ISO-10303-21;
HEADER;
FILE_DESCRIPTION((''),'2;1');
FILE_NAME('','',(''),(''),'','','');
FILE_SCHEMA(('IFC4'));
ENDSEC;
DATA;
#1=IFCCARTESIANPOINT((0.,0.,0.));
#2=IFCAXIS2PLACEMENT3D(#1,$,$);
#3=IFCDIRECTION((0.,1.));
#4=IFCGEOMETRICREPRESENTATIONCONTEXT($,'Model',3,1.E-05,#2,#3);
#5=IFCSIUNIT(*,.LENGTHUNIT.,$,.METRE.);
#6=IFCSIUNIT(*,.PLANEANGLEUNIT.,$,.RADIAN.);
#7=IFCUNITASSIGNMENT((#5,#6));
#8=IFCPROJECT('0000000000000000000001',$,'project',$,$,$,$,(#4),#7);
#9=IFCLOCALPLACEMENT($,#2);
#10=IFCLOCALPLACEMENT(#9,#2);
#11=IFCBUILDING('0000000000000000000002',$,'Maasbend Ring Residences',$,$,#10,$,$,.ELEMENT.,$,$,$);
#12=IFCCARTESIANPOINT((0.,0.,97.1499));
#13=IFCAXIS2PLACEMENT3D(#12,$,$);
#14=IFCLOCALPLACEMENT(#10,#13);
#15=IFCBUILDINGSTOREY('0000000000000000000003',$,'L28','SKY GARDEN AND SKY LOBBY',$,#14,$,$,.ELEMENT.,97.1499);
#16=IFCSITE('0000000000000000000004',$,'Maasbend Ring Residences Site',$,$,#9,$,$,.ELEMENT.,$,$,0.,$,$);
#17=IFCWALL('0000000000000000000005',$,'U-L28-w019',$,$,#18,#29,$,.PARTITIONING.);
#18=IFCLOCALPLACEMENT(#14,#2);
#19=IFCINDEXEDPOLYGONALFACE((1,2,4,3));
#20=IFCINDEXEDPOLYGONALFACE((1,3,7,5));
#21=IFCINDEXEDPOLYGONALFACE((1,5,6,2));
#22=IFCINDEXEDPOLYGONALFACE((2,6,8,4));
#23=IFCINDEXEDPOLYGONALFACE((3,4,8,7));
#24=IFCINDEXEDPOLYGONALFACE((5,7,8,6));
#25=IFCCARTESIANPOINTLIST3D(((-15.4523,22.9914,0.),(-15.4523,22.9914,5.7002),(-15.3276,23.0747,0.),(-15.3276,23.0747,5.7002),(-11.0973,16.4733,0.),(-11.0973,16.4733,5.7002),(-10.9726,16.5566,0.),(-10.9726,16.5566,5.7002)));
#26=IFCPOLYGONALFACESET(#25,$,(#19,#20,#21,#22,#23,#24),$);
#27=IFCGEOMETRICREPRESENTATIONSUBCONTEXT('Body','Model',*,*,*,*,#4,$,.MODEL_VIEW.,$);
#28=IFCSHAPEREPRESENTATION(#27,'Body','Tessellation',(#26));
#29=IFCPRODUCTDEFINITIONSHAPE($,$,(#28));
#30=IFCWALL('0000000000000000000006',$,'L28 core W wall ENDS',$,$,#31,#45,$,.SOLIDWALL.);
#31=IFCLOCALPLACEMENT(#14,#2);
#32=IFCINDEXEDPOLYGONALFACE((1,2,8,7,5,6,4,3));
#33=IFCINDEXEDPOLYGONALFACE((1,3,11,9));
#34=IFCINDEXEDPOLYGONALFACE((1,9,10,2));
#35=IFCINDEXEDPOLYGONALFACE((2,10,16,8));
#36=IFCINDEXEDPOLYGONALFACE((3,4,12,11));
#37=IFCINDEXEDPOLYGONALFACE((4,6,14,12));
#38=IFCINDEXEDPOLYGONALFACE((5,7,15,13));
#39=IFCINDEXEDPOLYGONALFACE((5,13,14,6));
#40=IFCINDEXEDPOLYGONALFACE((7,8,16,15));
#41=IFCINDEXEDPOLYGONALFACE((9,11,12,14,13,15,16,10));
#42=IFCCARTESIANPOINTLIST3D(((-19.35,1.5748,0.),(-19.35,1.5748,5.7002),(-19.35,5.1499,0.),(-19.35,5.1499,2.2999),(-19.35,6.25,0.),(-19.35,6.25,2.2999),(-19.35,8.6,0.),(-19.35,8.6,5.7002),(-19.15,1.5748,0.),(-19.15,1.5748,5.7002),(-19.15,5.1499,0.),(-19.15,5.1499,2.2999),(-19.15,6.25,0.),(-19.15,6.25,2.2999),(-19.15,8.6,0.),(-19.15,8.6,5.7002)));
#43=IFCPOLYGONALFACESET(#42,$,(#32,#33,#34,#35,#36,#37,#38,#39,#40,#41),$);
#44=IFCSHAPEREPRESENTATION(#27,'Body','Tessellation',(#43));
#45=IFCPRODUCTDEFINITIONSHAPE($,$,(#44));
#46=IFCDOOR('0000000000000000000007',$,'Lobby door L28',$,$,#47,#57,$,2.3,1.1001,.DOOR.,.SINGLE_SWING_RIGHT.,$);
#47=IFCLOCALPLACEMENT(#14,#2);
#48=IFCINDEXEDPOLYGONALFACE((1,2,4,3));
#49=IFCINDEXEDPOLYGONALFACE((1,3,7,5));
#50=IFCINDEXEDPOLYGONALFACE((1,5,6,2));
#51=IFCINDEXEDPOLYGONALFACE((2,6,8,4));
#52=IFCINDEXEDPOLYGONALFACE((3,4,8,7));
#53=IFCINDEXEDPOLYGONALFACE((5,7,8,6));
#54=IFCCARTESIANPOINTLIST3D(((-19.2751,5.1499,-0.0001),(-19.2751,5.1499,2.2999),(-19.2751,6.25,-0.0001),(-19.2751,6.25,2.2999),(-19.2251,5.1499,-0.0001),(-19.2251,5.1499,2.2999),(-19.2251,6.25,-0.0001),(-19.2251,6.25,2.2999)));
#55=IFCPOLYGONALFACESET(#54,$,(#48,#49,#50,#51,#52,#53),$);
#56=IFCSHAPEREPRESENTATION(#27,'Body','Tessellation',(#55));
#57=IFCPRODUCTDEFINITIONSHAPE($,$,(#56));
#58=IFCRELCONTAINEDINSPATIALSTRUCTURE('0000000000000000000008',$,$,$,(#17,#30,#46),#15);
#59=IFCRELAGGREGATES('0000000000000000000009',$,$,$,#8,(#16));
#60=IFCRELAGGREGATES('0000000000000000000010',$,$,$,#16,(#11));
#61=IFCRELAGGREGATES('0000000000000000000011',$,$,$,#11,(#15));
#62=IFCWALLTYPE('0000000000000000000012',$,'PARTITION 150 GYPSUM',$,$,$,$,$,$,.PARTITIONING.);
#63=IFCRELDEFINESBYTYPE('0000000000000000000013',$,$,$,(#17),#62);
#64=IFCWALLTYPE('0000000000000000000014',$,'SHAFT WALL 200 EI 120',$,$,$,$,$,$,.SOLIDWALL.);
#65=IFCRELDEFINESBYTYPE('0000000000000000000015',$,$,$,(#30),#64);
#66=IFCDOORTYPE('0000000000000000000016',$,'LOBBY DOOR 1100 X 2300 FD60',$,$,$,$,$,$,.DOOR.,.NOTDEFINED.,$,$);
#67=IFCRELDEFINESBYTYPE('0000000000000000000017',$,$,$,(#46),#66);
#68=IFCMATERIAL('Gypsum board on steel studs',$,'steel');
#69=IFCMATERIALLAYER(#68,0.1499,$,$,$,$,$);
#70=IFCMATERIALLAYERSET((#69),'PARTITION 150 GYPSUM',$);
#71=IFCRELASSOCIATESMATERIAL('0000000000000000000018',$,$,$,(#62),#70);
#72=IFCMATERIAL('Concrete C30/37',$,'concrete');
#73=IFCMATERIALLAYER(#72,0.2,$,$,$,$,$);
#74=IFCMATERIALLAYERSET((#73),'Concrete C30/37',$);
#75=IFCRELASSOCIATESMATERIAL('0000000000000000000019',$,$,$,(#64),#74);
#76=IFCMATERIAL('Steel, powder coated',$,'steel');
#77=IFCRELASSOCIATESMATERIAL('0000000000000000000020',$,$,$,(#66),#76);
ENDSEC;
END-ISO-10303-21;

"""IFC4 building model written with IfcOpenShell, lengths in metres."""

from ifc_helpers import new_model, si_unit, direction, frame, frame_2d, origin, place, context, subcontext, project, spatial, rectangle, extrude, material, layer, layer_set, type_object, element, fill, save


model = new_model("IFC4")

# Units and contexts
model_context = context("Model", 3, precision=1e-05, world=origin(), true_north=direction((0.0, 1.0)))
body_context = subcontext(model_context, "Body", "Model", "MODEL_VIEW")
ifc_project = project(units=[si_unit("LENGTHUNIT", "METRE"), si_unit("PLANEANGLEUNIT", "RADIAN")], contexts=[model_context])

# Site, building, storey
site_placement = place(None, origin())
site = spatial("IfcSite", under=ifc_project, at=site_placement, Name="Maasbend Ring Residences Site", CompositionType="ELEMENT", RefElevation=0.0)
building_placement = place(site_placement, origin())
building = spatial("IfcBuilding", under=site, at=building_placement, Name="Maasbend Ring Residences", CompositionType="ELEMENT")
storey_placement = place(building_placement, frame((0.0, 0.0, 97.1499)))
storey = spatial("IfcBuildingStorey", under=building, at=storey_placement, Name="L28", Description="SKY GARDEN AND SKY LOBBY", CompositionType="ELEMENT", Elevation=97.1499)

# Wall
ifc_material_1 = material(Name="Gypsum board on steel studs", Category="steel")
ifc_layer_1 = layer(ifc_material_1, 0.1499)
ifc_layer_set_1 = layer_set([ifc_layer_1], Name="PARTITION 150 GYPSUM")
wall_type_1 = type_object("IfcWallType", Name="PARTITION 150 GYPSUM", PredefinedType="PARTITIONING", material=ifc_layer_set_1)
wall_1_placement = place(storey_placement, frame((-15.3899, 23.033, 0.0), z_axis=(0.0, 0.0, 1.0), x_axis=(0.555548, -0.831484, 0.0)))
element("IfcWall", 1, at=wall_1_placement, inside=storey, type_object=wall_type_1, Name="U-L28-w019", PredefinedType="PARTITIONING", context=body_context, shape_type="SweptSolid", body=[
    extrude(rectangle(XDim=7.8391, YDim=0.1499, at=frame_2d((3.9194, 0.0))), origin(), (0.0, 0.0, 1.0), 5.7002),
])

# Wall, opening, door
ifc_material_2 = material(Name="Concrete C30/37", Category="concrete")
ifc_layer_2 = layer(ifc_material_2, 0.2)
ifc_layer_set_2 = layer_set([ifc_layer_2], Name="Concrete C30/37")
wall_type_2 = type_object("IfcWallType", Name="SHAFT WALL 200 EI 120", PredefinedType="SOLIDWALL", material=ifc_layer_set_2)
wall_2_placement = place(storey_placement, frame((-19.25, 8.6001, 0.0), z_axis=(0.0, 0.0, 1.0), x_axis=(0.0, -1.0, 0.0)))
wall_2 = element("IfcWall", 2, at=wall_2_placement, inside=storey, type_object=wall_type_2, Name="L28 core W wall ENDS", PredefinedType="SOLIDWALL", context=body_context, shape_type="SweptSolid", body=[
    extrude(rectangle(XDim=7.0251, YDim=0.2, at=frame_2d((3.5127, 0.0))), origin(), (0.0, 0.0, 1.0), 5.7002),
])
opening_1_placement = place(wall_2_placement, frame((2.3501, 0.0, 0.0)))
opening_1 = element("IfcOpeningElement", 3, at=opening_1_placement, cuts=wall_2, PredefinedType="OPENING", context=body_context, shape_type="SweptSolid", body=[
    extrude(rectangle(XDim=1.1001, YDim=2.3, at=frame_2d((0.55, 1.1499))), frame((0.0, 0.1099, 0.0), z_axis=(0.0, -1.0, 0.0), x_axis=(1.0, 0.0, 0.0)), (0.0, 0.0, 1.0), 0.22),
])
ifc_material_3 = material(Name="Steel, powder coated", Category="steel")
door_type_1 = type_object("IfcDoorType", Name="LOBBY DOOR 1100 X 2300 FD60", OperationType="NOTDEFINED", PredefinedType="DOOR", material=ifc_material_3)
door_1_placement = place(opening_1_placement, origin())
door_1 = element("IfcDoor", 4, at=door_1_placement, inside=storey, type_object=door_type_1, Name="Lobby door L28", OperationType="SINGLE_SWING_RIGHT", OverallHeight=2.3, OverallWidth=1.1001, PredefinedType="DOOR", context=body_context, shape_type="SweptSolid", body=[
    extrude(rectangle(XDim=1.1001, YDim=2.3, at=frame_2d((0.55, 1.1499))), frame((0.0, 0.0249, 0.0), z_axis=(0.0, -1.0, 0.0), x_axis=(1.0, 0.0, 0.0)), (0.0, 0.0, 1.0), 0.05),
])
fill(opening_1, door_1)

save(model, "model.ifc")
